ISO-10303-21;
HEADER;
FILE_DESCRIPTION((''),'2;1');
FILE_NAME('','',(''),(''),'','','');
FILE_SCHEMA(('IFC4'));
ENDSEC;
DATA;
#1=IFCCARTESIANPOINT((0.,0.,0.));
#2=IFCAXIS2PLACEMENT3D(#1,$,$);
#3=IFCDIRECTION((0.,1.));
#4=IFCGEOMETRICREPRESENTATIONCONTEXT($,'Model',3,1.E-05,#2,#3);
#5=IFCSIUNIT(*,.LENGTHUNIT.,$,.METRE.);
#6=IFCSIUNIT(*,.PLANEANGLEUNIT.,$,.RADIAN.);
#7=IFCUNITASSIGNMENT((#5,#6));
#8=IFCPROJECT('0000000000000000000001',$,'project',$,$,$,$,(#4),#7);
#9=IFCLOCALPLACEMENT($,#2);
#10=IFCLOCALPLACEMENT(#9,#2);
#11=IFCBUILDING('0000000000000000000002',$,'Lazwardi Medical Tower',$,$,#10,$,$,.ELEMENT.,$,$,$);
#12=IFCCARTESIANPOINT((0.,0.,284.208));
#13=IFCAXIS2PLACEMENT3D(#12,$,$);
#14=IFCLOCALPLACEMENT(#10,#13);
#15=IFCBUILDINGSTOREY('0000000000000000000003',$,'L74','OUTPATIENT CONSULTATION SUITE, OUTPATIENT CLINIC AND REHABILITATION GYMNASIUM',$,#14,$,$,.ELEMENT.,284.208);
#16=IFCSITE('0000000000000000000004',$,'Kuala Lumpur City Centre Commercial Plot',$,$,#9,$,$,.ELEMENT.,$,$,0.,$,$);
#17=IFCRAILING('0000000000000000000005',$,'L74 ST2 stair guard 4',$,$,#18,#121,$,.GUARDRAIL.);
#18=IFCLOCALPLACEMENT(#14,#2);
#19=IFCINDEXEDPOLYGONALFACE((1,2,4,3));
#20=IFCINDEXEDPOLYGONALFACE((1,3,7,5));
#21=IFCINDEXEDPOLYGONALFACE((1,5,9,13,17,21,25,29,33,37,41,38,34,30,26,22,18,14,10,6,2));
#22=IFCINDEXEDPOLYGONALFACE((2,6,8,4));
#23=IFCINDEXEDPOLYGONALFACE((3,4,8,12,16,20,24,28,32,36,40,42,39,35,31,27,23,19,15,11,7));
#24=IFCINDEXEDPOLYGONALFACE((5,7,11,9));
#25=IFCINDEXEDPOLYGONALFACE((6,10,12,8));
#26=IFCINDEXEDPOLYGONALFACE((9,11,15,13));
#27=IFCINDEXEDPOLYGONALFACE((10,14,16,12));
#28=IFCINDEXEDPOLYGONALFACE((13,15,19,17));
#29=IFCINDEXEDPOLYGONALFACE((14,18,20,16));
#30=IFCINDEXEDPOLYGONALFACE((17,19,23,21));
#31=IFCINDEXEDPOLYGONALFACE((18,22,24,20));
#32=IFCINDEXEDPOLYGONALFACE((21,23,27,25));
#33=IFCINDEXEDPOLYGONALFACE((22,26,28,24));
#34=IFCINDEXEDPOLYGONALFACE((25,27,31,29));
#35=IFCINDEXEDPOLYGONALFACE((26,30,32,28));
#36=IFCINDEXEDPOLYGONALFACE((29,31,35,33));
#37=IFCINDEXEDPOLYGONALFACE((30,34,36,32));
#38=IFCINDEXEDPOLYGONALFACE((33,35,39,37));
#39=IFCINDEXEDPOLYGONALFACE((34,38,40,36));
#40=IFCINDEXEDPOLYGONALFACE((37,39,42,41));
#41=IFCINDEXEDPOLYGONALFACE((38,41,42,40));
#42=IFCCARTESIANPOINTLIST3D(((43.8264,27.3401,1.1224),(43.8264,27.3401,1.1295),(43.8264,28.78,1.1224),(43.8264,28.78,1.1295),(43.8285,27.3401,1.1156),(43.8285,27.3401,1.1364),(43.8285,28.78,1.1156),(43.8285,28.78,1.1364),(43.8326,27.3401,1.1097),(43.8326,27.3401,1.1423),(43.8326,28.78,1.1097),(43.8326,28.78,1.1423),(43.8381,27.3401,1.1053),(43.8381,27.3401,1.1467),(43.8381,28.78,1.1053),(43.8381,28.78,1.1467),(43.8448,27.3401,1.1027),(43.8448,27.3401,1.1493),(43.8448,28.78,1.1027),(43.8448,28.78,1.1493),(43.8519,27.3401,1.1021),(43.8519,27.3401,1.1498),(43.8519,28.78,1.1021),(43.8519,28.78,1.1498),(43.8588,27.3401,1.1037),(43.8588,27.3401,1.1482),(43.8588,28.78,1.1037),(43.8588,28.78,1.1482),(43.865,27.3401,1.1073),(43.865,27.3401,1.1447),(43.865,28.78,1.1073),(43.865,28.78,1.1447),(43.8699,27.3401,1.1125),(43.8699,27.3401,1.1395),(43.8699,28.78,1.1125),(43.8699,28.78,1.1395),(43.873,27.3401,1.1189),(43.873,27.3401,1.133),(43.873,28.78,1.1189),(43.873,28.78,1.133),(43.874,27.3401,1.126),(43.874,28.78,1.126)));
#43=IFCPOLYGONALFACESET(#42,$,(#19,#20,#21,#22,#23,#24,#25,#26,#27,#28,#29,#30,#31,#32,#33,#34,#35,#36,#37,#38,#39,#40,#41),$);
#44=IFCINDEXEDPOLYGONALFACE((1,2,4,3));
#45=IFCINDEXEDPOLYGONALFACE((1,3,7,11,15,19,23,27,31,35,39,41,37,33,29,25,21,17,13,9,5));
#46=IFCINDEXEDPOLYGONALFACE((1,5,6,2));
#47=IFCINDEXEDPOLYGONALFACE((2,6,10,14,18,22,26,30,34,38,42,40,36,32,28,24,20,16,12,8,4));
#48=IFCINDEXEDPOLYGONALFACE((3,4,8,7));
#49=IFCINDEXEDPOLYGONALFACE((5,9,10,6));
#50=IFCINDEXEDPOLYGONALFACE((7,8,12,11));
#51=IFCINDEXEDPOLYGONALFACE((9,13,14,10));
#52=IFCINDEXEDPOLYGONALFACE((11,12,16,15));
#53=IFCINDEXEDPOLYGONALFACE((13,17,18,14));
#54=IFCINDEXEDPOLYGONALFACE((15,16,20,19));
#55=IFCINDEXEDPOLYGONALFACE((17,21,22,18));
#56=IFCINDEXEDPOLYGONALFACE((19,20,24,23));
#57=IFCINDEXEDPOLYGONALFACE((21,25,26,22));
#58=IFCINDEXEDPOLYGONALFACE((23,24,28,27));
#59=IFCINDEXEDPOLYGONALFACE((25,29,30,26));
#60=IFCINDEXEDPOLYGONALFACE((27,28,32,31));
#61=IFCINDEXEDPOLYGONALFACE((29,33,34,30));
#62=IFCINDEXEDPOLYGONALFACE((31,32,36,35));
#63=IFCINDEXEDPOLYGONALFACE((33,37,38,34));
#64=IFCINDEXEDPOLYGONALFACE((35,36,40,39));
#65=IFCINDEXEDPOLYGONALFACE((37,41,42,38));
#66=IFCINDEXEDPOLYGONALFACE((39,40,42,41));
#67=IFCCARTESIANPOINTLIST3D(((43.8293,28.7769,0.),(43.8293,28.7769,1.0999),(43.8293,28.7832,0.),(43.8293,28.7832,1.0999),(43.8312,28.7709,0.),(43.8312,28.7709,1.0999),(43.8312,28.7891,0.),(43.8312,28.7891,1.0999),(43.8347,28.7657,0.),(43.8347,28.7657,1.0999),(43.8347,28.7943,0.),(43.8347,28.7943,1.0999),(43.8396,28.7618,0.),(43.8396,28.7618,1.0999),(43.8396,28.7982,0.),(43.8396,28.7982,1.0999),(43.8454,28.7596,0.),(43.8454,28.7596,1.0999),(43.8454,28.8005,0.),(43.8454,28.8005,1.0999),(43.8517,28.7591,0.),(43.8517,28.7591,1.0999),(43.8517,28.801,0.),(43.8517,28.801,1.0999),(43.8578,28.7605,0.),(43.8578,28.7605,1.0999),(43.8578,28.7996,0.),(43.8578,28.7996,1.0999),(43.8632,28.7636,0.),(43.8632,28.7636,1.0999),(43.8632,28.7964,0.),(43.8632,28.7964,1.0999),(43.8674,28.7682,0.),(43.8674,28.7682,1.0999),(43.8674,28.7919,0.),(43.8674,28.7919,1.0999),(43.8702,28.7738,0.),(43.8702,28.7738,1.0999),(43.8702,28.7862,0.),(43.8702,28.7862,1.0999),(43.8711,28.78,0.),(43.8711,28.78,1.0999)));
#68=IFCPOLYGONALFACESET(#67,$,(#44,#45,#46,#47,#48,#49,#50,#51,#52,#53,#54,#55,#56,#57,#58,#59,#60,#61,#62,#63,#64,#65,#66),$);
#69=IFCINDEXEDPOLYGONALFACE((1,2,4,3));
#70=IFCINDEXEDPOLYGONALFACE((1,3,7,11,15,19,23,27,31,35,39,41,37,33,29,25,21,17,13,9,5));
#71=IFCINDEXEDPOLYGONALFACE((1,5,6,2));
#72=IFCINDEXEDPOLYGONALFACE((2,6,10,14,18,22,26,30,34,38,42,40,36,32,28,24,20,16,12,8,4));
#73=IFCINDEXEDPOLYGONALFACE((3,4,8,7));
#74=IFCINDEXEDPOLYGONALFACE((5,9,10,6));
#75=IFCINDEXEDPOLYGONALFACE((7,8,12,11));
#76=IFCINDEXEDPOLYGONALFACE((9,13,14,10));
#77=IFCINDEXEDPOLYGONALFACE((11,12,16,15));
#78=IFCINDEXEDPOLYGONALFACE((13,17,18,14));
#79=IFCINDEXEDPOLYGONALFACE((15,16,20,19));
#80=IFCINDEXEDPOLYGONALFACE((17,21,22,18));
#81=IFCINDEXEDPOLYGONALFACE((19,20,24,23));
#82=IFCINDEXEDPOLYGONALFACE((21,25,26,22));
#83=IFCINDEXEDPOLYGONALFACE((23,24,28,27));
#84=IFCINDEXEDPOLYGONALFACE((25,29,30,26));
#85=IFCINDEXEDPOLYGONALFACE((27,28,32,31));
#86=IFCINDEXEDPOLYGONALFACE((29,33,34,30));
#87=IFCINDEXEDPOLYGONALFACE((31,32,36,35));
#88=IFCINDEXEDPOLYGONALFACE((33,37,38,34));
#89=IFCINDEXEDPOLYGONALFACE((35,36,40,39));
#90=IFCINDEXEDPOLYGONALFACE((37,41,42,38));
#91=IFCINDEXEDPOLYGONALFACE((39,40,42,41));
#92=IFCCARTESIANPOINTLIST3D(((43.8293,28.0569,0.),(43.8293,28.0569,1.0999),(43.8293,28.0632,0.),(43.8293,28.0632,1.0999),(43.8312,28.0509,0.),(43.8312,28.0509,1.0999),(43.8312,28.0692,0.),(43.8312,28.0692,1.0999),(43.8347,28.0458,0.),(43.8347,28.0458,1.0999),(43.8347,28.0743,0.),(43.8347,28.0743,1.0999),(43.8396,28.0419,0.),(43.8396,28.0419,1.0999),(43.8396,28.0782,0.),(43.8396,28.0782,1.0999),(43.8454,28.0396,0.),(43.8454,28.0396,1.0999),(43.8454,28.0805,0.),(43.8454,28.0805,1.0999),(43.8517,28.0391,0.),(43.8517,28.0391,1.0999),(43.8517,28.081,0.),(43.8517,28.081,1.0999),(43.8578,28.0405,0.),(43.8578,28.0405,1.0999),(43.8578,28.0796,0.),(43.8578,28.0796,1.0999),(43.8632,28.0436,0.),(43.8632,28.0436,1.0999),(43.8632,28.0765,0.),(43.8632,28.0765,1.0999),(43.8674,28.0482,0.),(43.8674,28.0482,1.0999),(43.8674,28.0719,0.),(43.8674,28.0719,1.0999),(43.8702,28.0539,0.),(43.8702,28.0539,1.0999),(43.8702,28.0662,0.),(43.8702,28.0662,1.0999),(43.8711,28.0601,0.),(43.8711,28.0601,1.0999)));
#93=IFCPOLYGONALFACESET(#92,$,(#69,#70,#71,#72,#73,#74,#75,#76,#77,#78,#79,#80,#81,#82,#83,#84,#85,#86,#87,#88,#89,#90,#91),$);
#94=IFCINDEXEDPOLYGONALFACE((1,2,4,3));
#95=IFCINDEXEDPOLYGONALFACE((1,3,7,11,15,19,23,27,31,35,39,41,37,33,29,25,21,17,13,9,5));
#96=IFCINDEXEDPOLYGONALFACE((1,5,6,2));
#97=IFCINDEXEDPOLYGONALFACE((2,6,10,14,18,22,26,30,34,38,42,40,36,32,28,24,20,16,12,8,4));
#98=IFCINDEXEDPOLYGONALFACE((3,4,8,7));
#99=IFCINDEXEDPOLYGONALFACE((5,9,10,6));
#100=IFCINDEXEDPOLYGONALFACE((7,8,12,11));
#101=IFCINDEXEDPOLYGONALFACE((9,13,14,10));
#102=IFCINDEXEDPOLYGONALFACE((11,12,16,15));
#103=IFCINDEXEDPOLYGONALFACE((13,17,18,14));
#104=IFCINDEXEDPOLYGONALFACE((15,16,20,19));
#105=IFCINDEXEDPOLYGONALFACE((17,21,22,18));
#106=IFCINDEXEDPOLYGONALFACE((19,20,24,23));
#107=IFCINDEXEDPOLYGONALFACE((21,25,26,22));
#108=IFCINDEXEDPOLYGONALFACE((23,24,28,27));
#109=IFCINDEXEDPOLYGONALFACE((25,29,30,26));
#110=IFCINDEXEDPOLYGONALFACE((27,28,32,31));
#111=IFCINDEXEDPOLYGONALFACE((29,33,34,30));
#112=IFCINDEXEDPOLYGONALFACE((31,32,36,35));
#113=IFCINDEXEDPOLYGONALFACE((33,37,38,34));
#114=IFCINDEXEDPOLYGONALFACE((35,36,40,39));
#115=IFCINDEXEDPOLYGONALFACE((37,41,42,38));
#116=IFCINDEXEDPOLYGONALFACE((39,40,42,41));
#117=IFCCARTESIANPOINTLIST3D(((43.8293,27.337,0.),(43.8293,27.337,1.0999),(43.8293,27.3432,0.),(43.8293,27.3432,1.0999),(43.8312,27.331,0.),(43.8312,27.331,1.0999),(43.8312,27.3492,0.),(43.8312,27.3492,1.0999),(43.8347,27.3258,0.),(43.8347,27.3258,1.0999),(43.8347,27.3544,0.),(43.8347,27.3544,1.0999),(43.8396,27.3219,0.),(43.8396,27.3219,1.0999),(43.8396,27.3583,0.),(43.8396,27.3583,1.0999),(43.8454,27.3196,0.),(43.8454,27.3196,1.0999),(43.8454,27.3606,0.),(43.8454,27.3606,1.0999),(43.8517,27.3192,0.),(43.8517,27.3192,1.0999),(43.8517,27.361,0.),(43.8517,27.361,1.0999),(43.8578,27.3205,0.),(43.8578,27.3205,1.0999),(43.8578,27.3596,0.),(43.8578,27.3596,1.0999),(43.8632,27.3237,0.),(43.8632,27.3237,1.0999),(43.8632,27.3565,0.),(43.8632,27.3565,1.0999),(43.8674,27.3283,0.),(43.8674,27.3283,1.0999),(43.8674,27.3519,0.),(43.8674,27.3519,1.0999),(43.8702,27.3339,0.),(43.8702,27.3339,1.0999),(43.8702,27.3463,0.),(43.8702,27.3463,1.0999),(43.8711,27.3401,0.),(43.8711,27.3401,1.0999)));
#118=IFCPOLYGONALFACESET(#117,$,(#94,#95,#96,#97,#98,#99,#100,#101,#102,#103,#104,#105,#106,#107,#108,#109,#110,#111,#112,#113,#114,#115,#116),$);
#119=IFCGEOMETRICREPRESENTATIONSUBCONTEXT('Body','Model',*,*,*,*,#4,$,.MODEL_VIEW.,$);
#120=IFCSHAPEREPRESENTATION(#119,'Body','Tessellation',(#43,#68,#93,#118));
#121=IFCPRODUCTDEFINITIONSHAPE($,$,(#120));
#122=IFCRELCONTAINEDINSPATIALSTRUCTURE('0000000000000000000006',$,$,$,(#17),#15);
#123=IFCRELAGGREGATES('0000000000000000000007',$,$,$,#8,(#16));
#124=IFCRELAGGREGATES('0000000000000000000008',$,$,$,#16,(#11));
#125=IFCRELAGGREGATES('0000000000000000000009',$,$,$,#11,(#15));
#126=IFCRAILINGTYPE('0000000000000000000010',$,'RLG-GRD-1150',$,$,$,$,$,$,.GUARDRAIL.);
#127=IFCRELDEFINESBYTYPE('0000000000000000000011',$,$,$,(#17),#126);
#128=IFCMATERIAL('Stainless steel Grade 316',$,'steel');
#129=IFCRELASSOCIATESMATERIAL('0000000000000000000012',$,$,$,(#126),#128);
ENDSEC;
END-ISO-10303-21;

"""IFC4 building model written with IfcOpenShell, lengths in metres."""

from ifc_helpers import new_model, si_unit, direction, frame, origin, origin_2d, place, context, subcontext, project, spatial, circle, extrude, material, type_object, element, save


model = new_model("IFC4")

# Units and contexts
model_context = context("Model", 3, precision=1e-05, world=origin(), true_north=direction((0.0, 1.0)))
body_context = subcontext(model_context, "Body", "Model", "MODEL_VIEW")
ifc_project = project(units=[si_unit("LENGTHUNIT", "METRE"), si_unit("PLANEANGLEUNIT", "RADIAN")], contexts=[model_context])

# Site, building, storey
site_placement = place(None, origin())
site = spatial("IfcSite", under=ifc_project, at=site_placement, Name="Kuala Lumpur City Centre Commercial Plot", CompositionType="ELEMENT", RefElevation=0.0)
building_placement = place(site_placement, origin())
building = spatial("IfcBuilding", under=site, at=building_placement, Name="Lazwardi Medical Tower", CompositionType="ELEMENT")
storey_placement = place(building_placement, frame((0.0, 0.0, 284.208)))
storey = spatial("IfcBuildingStorey", under=building, at=storey_placement, Name="L74", Description="OUTPATIENT CONSULTATION SUITE, OUTPATIENT CLINIC AND REHABILITATION GYMNASIUM", CompositionType="ELEMENT", Elevation=284.208)

# Railing
ifc_material_1 = material(Name="Stainless steel Grade 316", Category="steel")
railing_type_1 = type_object("IfcRailingType", Name="RLG-GRD-1150", PredefinedType="GUARDRAIL", material=ifc_material_1)
railing_1_placement = place(storey_placement, frame((43.8501, 28.78, 0.0)))
element("IfcRailing", 1, at=railing_1_placement, inside=storey, type_object=railing_type_1, Name="L74 ST2 stair guard 4", PredefinedType="GUARDRAIL", context=body_context, shape_type="SweptSolid", body=[
    extrude(circle(Radius=0.0239, at=origin_2d()), frame((0.0, 0.0, 1.126), z_axis=(0.0, -1.0, 0.0), x_axis=(1.0, 0.0, 0.0)), (0.0, 0.0, 1.0), 1.4399),
    extrude(circle(Radius=0.021, at=origin_2d()), origin(), (0.0, 0.0, 1.0), 1.0999),
    extrude(circle(Radius=0.021, at=origin_2d()), frame((0.0, -0.72, 0.0)), (0.0, 0.0, 1.0), 1.0999),
    extrude(circle(Radius=0.021, at=origin_2d()), frame((0.0, -1.4399, 0.0)), (0.0, 0.0, 1.0), 1.0999),
])

save(model, "model.ifc")
